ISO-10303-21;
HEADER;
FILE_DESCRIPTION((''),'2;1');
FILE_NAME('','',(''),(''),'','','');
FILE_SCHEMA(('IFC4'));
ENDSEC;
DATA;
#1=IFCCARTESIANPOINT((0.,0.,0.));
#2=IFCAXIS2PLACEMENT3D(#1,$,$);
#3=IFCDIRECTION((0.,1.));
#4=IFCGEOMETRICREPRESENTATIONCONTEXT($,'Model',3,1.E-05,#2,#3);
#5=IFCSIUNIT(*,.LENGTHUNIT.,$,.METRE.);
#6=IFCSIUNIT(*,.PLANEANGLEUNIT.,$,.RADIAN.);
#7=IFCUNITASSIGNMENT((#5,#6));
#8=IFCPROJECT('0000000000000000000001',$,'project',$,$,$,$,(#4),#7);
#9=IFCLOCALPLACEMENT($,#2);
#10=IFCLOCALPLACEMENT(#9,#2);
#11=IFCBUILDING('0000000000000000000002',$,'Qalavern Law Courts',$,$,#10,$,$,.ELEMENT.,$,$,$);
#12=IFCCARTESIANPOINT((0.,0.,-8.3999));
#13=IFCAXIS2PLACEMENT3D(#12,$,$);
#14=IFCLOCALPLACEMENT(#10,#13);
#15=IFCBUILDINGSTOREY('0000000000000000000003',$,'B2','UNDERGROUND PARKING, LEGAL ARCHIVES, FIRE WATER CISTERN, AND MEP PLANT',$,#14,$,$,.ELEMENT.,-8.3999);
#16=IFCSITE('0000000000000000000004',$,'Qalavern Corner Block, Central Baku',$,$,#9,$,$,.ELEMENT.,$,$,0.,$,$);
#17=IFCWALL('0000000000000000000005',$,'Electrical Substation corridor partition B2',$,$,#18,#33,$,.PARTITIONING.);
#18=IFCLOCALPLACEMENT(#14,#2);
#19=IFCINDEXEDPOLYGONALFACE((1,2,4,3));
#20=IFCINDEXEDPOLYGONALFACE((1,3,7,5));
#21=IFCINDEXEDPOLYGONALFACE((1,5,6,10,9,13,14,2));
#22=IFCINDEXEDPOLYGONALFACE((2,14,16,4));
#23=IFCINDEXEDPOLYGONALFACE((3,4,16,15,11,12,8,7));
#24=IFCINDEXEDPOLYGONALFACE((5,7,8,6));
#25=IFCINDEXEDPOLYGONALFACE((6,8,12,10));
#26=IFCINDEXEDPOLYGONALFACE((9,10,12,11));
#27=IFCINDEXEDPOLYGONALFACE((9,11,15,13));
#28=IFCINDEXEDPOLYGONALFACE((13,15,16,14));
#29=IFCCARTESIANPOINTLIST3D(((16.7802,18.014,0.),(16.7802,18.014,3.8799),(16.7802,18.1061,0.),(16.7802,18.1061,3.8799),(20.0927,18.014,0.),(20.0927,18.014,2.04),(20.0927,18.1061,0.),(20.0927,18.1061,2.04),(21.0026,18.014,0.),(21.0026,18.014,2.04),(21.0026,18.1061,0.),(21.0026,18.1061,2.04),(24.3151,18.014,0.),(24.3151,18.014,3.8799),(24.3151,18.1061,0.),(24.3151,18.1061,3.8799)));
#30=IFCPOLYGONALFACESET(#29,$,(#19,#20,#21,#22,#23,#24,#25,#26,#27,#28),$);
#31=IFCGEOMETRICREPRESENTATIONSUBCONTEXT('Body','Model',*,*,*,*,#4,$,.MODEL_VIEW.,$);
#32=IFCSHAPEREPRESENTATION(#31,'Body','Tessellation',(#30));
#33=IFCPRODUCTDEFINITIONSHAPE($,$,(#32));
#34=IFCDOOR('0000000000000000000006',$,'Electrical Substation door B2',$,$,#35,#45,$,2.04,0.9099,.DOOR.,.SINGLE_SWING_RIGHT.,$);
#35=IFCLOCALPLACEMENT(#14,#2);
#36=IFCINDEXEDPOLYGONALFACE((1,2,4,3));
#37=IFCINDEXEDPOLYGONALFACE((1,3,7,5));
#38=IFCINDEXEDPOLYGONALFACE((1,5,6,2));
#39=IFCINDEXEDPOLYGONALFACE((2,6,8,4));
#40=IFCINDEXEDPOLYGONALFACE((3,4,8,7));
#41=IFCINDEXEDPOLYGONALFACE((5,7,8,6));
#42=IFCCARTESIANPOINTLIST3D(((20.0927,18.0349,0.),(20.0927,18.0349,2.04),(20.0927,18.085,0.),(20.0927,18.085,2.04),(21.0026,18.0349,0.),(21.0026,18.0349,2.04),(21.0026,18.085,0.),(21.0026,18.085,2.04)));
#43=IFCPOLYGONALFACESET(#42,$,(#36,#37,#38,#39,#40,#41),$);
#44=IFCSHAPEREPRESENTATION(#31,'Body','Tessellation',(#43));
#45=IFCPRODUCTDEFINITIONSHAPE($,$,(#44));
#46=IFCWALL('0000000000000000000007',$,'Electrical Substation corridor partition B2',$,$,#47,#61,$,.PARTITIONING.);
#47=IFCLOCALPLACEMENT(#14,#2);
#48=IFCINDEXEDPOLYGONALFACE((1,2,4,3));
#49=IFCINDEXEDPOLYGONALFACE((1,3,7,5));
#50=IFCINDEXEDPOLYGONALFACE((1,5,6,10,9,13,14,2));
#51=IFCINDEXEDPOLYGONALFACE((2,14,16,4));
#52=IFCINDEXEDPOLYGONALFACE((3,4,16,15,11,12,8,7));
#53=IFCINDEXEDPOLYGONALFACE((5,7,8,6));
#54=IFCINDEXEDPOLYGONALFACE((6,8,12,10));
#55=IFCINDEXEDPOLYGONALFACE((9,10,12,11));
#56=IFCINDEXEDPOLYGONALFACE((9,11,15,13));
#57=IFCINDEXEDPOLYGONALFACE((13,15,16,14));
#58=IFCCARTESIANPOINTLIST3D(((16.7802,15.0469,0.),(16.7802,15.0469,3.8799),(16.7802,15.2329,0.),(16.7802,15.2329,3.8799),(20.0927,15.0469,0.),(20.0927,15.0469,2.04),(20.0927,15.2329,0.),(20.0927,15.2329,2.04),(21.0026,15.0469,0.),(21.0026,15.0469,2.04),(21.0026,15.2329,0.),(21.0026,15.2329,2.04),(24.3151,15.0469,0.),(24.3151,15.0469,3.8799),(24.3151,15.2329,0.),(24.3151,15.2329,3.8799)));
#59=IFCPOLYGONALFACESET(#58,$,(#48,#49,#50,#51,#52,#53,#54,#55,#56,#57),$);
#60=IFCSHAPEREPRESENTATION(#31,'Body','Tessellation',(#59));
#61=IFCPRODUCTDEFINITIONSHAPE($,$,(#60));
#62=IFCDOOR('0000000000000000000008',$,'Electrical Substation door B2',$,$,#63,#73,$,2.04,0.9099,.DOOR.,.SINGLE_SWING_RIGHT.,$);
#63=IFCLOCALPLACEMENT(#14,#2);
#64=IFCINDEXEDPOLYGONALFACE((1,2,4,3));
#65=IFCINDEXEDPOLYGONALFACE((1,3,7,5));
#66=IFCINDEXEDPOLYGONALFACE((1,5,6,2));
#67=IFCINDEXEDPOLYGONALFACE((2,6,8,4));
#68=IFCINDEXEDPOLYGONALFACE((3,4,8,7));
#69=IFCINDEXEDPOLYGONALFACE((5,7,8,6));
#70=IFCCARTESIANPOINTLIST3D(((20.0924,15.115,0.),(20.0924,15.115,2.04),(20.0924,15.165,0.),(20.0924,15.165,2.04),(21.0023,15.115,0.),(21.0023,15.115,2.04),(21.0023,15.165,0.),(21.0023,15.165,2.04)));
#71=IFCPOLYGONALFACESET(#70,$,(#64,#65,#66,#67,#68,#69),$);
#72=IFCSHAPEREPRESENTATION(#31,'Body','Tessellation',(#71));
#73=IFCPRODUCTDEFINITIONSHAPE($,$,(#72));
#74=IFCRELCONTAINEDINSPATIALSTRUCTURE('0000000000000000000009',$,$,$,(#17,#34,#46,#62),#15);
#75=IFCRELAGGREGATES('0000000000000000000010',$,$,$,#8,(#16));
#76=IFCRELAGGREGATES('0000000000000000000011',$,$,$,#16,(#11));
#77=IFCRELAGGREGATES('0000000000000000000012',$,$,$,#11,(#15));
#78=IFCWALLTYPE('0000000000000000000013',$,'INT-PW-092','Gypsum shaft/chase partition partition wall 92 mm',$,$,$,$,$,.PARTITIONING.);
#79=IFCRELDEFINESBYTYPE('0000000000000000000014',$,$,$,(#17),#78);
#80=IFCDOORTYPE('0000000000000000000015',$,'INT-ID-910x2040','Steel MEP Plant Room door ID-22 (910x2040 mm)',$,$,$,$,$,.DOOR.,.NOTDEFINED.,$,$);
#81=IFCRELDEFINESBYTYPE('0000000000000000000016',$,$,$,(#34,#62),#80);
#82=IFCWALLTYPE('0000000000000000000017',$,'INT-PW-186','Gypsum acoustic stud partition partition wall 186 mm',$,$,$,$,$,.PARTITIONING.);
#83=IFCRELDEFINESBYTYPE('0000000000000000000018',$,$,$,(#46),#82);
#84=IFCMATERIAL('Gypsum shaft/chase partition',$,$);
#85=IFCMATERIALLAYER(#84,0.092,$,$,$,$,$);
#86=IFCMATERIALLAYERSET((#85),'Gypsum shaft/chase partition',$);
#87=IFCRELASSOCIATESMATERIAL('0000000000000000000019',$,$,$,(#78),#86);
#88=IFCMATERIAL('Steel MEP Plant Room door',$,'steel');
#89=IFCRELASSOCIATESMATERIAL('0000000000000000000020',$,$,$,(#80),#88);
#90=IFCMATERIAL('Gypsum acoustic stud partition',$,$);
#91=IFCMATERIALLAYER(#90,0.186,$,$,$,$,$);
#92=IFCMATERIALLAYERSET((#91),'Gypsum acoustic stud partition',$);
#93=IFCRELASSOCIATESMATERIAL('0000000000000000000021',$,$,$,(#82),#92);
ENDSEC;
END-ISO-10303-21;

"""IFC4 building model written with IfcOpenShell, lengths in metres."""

from ifc_helpers import new_model, si_unit, direction, frame, frame_2d, origin, place, context, subcontext, project, spatial, rectangle, extrude, material, layer, layer_set, type_object, element, fill, save


model = new_model("IFC4")

# Units and contexts
model_context = context("Model", 3, precision=1e-05, world=origin(), true_north=direction((0.0, 1.0)))
body_context = subcontext(model_context, "Body", "Model", "MODEL_VIEW")
ifc_project = project(units=[si_unit("LENGTHUNIT", "METRE"), si_unit("PLANEANGLEUNIT", "RADIAN")], contexts=[model_context])

# Site, building, storey
site_placement = place(None, origin())
site = spatial("IfcSite", under=ifc_project, at=site_placement, Name="Qalavern Corner Block, Central Baku", CompositionType="ELEMENT", RefElevation=0.0)
building_placement = place(site_placement, origin())
building = spatial("IfcBuilding", under=site, at=building_placement, Name="Qalavern Law Courts", CompositionType="ELEMENT")
storey_placement = place(building_placement, frame((0.0, 0.0, -8.3999)))
storey = spatial("IfcBuildingStorey", under=building, at=storey_placement, Name="B2", Description="UNDERGROUND PARKING, LEGAL ARCHIVES, FIRE WATER CISTERN, AND MEP PLANT", CompositionType="ELEMENT", Elevation=-8.3999)

# Walls, openings, doors
ifc_material_1 = material(Name="Gypsum shaft/chase partition")
ifc_layer_1 = layer(ifc_material_1, 0.092)
ifc_layer_set_1 = layer_set([ifc_layer_1], Name="Gypsum shaft/chase partition")
wall_type_1 = type_object("IfcWallType", Name="INT-PW-092", Description="Gypsum shaft/chase partition partition wall 92 mm", PredefinedType="PARTITIONING", material=ifc_layer_set_1)
wall_1_placement = place(storey_placement, frame((16.78, 18.0601, 0.0), z_axis=(0.0, 0.0, 1.0), x_axis=(1.0, 0.0, 0.0)))
wall_1 = element("IfcWall", 1, at=wall_1_placement, inside=storey, type_object=wall_type_1, Name="Electrical Substation corridor partition B2", PredefinedType="PARTITIONING", context=body_context, shape_type="SweptSolid", body=[
    extrude(rectangle(XDim=7.5349, YDim=0.092, at=frame_2d((3.7676, 0.0))), origin(), (0.0, 0.0, 1.0), 3.8799),
])
opening_1_placement = place(wall_1_placement, frame((3.3125, 0.0, 0.0)))
opening_1 = element("IfcOpeningElement", 2, at=opening_1_placement, cuts=wall_1, PredefinedType="OPENING", context=body_context, shape_type="SweptSolid", body=[
    extrude(rectangle(XDim=0.9099, YDim=2.04, at=frame_2d((0.4551, 1.02))), frame((0.0, 0.061, 0.0), z_axis=(0.0, -1.0, 0.0), x_axis=(1.0, 0.0, 0.0)), (0.0, 0.0, 1.0), 0.1218),
])
ifc_material_2 = material(Name="Steel MEP Plant Room door", Category="steel")
door_type = type_object("IfcDoorType", Name="INT-ID-910x2040", Description="Steel MEP Plant Room door ID-22 (910x2040 mm)", OperationType="NOTDEFINED", PredefinedType="DOOR", material=ifc_material_2)
door_1_placement = place(opening_1_placement, origin())
door_1 = element("IfcDoor", 3, at=door_1_placement, inside=storey, type_object=door_type, Name="Electrical Substation door B2", OperationType="SINGLE_SWING_RIGHT", OverallHeight=2.04, OverallWidth=0.9099, PredefinedType="DOOR", context=body_context, shape_type="SweptSolid", body=[
    extrude(rectangle(XDim=0.9099, YDim=2.04, at=frame_2d((0.4551, 1.02))), frame((0.0, 0.0249, 0.0), z_axis=(0.0, -1.0, 0.0), x_axis=(1.0, 0.0, 0.0)), (0.0, 0.0, 1.0), 0.05),
])
fill(opening_1, door_1)
ifc_material_3 = material(Name="Gypsum acoustic stud partition")
ifc_layer_2 = layer(ifc_material_3, 0.186)
ifc_layer_set_2 = layer_set([ifc_layer_2], Name="Gypsum acoustic stud partition")
wall_type_2 = type_object("IfcWallType", Name="INT-PW-186", Description="Gypsum acoustic stud partition partition wall 186 mm", PredefinedType="PARTITIONING", material=ifc_layer_set_2)
wall_2_placement = place(storey_placement, frame((16.78, 15.1399, 0.0), z_axis=(0.0, 0.0, 1.0), x_axis=(1.0, 0.0, 0.0)))
wall_2 = element("IfcWall", 4, at=wall_2_placement, inside=storey, type_object=wall_type_2, Name="Electrical Substation corridor partition B2", PredefinedType="PARTITIONING", context=body_context, shape_type="SweptSolid", body=[
    extrude(rectangle(XDim=7.5349, YDim=0.186, at=frame_2d((3.7676, 0.0))), origin(), (0.0, 0.0, 1.0), 3.8799),
])
opening_2_placement = place(wall_2_placement, frame((3.3125, 0.0, 0.0)))
opening_2 = element("IfcOpeningElement", 5, at=opening_2_placement, cuts=wall_2, PredefinedType="OPENING", context=body_context, shape_type="SweptSolid", body=[
    extrude(rectangle(XDim=0.9099, YDim=2.04, at=frame_2d((0.4551, 1.02))), frame((0.0, 0.1079, 0.0), z_axis=(0.0, -1.0, 0.0), x_axis=(1.0, 0.0, 0.0)), (0.0, 0.0, 1.0), 0.2158),
])
door_2_placement = place(opening_2_placement, frame((0.9099, 0.0, 0.0), z_axis=(0.0, 0.0, 1.0), x_axis=(-1.0, 0.0, 0.0)))
door_2 = element("IfcDoor", 6, at=door_2_placement, inside=storey, type_object=door_type, Name="Electrical Substation door B2", OperationType="SINGLE_SWING_RIGHT", OverallHeight=2.04, OverallWidth=0.9099, PredefinedType="DOOR", context=body_context, shape_type="SweptSolid", body=[
    extrude(rectangle(XDim=0.9099, YDim=2.04, at=frame_2d((0.4551, 1.02))), frame((0.0, 0.0249, 0.0), z_axis=(0.0, -1.0, 0.0), x_axis=(1.0, 0.0, 0.0)), (0.0, 0.0, 1.0), 0.05),
])
fill(opening_2, door_2)

save(model, "model.ifc")
